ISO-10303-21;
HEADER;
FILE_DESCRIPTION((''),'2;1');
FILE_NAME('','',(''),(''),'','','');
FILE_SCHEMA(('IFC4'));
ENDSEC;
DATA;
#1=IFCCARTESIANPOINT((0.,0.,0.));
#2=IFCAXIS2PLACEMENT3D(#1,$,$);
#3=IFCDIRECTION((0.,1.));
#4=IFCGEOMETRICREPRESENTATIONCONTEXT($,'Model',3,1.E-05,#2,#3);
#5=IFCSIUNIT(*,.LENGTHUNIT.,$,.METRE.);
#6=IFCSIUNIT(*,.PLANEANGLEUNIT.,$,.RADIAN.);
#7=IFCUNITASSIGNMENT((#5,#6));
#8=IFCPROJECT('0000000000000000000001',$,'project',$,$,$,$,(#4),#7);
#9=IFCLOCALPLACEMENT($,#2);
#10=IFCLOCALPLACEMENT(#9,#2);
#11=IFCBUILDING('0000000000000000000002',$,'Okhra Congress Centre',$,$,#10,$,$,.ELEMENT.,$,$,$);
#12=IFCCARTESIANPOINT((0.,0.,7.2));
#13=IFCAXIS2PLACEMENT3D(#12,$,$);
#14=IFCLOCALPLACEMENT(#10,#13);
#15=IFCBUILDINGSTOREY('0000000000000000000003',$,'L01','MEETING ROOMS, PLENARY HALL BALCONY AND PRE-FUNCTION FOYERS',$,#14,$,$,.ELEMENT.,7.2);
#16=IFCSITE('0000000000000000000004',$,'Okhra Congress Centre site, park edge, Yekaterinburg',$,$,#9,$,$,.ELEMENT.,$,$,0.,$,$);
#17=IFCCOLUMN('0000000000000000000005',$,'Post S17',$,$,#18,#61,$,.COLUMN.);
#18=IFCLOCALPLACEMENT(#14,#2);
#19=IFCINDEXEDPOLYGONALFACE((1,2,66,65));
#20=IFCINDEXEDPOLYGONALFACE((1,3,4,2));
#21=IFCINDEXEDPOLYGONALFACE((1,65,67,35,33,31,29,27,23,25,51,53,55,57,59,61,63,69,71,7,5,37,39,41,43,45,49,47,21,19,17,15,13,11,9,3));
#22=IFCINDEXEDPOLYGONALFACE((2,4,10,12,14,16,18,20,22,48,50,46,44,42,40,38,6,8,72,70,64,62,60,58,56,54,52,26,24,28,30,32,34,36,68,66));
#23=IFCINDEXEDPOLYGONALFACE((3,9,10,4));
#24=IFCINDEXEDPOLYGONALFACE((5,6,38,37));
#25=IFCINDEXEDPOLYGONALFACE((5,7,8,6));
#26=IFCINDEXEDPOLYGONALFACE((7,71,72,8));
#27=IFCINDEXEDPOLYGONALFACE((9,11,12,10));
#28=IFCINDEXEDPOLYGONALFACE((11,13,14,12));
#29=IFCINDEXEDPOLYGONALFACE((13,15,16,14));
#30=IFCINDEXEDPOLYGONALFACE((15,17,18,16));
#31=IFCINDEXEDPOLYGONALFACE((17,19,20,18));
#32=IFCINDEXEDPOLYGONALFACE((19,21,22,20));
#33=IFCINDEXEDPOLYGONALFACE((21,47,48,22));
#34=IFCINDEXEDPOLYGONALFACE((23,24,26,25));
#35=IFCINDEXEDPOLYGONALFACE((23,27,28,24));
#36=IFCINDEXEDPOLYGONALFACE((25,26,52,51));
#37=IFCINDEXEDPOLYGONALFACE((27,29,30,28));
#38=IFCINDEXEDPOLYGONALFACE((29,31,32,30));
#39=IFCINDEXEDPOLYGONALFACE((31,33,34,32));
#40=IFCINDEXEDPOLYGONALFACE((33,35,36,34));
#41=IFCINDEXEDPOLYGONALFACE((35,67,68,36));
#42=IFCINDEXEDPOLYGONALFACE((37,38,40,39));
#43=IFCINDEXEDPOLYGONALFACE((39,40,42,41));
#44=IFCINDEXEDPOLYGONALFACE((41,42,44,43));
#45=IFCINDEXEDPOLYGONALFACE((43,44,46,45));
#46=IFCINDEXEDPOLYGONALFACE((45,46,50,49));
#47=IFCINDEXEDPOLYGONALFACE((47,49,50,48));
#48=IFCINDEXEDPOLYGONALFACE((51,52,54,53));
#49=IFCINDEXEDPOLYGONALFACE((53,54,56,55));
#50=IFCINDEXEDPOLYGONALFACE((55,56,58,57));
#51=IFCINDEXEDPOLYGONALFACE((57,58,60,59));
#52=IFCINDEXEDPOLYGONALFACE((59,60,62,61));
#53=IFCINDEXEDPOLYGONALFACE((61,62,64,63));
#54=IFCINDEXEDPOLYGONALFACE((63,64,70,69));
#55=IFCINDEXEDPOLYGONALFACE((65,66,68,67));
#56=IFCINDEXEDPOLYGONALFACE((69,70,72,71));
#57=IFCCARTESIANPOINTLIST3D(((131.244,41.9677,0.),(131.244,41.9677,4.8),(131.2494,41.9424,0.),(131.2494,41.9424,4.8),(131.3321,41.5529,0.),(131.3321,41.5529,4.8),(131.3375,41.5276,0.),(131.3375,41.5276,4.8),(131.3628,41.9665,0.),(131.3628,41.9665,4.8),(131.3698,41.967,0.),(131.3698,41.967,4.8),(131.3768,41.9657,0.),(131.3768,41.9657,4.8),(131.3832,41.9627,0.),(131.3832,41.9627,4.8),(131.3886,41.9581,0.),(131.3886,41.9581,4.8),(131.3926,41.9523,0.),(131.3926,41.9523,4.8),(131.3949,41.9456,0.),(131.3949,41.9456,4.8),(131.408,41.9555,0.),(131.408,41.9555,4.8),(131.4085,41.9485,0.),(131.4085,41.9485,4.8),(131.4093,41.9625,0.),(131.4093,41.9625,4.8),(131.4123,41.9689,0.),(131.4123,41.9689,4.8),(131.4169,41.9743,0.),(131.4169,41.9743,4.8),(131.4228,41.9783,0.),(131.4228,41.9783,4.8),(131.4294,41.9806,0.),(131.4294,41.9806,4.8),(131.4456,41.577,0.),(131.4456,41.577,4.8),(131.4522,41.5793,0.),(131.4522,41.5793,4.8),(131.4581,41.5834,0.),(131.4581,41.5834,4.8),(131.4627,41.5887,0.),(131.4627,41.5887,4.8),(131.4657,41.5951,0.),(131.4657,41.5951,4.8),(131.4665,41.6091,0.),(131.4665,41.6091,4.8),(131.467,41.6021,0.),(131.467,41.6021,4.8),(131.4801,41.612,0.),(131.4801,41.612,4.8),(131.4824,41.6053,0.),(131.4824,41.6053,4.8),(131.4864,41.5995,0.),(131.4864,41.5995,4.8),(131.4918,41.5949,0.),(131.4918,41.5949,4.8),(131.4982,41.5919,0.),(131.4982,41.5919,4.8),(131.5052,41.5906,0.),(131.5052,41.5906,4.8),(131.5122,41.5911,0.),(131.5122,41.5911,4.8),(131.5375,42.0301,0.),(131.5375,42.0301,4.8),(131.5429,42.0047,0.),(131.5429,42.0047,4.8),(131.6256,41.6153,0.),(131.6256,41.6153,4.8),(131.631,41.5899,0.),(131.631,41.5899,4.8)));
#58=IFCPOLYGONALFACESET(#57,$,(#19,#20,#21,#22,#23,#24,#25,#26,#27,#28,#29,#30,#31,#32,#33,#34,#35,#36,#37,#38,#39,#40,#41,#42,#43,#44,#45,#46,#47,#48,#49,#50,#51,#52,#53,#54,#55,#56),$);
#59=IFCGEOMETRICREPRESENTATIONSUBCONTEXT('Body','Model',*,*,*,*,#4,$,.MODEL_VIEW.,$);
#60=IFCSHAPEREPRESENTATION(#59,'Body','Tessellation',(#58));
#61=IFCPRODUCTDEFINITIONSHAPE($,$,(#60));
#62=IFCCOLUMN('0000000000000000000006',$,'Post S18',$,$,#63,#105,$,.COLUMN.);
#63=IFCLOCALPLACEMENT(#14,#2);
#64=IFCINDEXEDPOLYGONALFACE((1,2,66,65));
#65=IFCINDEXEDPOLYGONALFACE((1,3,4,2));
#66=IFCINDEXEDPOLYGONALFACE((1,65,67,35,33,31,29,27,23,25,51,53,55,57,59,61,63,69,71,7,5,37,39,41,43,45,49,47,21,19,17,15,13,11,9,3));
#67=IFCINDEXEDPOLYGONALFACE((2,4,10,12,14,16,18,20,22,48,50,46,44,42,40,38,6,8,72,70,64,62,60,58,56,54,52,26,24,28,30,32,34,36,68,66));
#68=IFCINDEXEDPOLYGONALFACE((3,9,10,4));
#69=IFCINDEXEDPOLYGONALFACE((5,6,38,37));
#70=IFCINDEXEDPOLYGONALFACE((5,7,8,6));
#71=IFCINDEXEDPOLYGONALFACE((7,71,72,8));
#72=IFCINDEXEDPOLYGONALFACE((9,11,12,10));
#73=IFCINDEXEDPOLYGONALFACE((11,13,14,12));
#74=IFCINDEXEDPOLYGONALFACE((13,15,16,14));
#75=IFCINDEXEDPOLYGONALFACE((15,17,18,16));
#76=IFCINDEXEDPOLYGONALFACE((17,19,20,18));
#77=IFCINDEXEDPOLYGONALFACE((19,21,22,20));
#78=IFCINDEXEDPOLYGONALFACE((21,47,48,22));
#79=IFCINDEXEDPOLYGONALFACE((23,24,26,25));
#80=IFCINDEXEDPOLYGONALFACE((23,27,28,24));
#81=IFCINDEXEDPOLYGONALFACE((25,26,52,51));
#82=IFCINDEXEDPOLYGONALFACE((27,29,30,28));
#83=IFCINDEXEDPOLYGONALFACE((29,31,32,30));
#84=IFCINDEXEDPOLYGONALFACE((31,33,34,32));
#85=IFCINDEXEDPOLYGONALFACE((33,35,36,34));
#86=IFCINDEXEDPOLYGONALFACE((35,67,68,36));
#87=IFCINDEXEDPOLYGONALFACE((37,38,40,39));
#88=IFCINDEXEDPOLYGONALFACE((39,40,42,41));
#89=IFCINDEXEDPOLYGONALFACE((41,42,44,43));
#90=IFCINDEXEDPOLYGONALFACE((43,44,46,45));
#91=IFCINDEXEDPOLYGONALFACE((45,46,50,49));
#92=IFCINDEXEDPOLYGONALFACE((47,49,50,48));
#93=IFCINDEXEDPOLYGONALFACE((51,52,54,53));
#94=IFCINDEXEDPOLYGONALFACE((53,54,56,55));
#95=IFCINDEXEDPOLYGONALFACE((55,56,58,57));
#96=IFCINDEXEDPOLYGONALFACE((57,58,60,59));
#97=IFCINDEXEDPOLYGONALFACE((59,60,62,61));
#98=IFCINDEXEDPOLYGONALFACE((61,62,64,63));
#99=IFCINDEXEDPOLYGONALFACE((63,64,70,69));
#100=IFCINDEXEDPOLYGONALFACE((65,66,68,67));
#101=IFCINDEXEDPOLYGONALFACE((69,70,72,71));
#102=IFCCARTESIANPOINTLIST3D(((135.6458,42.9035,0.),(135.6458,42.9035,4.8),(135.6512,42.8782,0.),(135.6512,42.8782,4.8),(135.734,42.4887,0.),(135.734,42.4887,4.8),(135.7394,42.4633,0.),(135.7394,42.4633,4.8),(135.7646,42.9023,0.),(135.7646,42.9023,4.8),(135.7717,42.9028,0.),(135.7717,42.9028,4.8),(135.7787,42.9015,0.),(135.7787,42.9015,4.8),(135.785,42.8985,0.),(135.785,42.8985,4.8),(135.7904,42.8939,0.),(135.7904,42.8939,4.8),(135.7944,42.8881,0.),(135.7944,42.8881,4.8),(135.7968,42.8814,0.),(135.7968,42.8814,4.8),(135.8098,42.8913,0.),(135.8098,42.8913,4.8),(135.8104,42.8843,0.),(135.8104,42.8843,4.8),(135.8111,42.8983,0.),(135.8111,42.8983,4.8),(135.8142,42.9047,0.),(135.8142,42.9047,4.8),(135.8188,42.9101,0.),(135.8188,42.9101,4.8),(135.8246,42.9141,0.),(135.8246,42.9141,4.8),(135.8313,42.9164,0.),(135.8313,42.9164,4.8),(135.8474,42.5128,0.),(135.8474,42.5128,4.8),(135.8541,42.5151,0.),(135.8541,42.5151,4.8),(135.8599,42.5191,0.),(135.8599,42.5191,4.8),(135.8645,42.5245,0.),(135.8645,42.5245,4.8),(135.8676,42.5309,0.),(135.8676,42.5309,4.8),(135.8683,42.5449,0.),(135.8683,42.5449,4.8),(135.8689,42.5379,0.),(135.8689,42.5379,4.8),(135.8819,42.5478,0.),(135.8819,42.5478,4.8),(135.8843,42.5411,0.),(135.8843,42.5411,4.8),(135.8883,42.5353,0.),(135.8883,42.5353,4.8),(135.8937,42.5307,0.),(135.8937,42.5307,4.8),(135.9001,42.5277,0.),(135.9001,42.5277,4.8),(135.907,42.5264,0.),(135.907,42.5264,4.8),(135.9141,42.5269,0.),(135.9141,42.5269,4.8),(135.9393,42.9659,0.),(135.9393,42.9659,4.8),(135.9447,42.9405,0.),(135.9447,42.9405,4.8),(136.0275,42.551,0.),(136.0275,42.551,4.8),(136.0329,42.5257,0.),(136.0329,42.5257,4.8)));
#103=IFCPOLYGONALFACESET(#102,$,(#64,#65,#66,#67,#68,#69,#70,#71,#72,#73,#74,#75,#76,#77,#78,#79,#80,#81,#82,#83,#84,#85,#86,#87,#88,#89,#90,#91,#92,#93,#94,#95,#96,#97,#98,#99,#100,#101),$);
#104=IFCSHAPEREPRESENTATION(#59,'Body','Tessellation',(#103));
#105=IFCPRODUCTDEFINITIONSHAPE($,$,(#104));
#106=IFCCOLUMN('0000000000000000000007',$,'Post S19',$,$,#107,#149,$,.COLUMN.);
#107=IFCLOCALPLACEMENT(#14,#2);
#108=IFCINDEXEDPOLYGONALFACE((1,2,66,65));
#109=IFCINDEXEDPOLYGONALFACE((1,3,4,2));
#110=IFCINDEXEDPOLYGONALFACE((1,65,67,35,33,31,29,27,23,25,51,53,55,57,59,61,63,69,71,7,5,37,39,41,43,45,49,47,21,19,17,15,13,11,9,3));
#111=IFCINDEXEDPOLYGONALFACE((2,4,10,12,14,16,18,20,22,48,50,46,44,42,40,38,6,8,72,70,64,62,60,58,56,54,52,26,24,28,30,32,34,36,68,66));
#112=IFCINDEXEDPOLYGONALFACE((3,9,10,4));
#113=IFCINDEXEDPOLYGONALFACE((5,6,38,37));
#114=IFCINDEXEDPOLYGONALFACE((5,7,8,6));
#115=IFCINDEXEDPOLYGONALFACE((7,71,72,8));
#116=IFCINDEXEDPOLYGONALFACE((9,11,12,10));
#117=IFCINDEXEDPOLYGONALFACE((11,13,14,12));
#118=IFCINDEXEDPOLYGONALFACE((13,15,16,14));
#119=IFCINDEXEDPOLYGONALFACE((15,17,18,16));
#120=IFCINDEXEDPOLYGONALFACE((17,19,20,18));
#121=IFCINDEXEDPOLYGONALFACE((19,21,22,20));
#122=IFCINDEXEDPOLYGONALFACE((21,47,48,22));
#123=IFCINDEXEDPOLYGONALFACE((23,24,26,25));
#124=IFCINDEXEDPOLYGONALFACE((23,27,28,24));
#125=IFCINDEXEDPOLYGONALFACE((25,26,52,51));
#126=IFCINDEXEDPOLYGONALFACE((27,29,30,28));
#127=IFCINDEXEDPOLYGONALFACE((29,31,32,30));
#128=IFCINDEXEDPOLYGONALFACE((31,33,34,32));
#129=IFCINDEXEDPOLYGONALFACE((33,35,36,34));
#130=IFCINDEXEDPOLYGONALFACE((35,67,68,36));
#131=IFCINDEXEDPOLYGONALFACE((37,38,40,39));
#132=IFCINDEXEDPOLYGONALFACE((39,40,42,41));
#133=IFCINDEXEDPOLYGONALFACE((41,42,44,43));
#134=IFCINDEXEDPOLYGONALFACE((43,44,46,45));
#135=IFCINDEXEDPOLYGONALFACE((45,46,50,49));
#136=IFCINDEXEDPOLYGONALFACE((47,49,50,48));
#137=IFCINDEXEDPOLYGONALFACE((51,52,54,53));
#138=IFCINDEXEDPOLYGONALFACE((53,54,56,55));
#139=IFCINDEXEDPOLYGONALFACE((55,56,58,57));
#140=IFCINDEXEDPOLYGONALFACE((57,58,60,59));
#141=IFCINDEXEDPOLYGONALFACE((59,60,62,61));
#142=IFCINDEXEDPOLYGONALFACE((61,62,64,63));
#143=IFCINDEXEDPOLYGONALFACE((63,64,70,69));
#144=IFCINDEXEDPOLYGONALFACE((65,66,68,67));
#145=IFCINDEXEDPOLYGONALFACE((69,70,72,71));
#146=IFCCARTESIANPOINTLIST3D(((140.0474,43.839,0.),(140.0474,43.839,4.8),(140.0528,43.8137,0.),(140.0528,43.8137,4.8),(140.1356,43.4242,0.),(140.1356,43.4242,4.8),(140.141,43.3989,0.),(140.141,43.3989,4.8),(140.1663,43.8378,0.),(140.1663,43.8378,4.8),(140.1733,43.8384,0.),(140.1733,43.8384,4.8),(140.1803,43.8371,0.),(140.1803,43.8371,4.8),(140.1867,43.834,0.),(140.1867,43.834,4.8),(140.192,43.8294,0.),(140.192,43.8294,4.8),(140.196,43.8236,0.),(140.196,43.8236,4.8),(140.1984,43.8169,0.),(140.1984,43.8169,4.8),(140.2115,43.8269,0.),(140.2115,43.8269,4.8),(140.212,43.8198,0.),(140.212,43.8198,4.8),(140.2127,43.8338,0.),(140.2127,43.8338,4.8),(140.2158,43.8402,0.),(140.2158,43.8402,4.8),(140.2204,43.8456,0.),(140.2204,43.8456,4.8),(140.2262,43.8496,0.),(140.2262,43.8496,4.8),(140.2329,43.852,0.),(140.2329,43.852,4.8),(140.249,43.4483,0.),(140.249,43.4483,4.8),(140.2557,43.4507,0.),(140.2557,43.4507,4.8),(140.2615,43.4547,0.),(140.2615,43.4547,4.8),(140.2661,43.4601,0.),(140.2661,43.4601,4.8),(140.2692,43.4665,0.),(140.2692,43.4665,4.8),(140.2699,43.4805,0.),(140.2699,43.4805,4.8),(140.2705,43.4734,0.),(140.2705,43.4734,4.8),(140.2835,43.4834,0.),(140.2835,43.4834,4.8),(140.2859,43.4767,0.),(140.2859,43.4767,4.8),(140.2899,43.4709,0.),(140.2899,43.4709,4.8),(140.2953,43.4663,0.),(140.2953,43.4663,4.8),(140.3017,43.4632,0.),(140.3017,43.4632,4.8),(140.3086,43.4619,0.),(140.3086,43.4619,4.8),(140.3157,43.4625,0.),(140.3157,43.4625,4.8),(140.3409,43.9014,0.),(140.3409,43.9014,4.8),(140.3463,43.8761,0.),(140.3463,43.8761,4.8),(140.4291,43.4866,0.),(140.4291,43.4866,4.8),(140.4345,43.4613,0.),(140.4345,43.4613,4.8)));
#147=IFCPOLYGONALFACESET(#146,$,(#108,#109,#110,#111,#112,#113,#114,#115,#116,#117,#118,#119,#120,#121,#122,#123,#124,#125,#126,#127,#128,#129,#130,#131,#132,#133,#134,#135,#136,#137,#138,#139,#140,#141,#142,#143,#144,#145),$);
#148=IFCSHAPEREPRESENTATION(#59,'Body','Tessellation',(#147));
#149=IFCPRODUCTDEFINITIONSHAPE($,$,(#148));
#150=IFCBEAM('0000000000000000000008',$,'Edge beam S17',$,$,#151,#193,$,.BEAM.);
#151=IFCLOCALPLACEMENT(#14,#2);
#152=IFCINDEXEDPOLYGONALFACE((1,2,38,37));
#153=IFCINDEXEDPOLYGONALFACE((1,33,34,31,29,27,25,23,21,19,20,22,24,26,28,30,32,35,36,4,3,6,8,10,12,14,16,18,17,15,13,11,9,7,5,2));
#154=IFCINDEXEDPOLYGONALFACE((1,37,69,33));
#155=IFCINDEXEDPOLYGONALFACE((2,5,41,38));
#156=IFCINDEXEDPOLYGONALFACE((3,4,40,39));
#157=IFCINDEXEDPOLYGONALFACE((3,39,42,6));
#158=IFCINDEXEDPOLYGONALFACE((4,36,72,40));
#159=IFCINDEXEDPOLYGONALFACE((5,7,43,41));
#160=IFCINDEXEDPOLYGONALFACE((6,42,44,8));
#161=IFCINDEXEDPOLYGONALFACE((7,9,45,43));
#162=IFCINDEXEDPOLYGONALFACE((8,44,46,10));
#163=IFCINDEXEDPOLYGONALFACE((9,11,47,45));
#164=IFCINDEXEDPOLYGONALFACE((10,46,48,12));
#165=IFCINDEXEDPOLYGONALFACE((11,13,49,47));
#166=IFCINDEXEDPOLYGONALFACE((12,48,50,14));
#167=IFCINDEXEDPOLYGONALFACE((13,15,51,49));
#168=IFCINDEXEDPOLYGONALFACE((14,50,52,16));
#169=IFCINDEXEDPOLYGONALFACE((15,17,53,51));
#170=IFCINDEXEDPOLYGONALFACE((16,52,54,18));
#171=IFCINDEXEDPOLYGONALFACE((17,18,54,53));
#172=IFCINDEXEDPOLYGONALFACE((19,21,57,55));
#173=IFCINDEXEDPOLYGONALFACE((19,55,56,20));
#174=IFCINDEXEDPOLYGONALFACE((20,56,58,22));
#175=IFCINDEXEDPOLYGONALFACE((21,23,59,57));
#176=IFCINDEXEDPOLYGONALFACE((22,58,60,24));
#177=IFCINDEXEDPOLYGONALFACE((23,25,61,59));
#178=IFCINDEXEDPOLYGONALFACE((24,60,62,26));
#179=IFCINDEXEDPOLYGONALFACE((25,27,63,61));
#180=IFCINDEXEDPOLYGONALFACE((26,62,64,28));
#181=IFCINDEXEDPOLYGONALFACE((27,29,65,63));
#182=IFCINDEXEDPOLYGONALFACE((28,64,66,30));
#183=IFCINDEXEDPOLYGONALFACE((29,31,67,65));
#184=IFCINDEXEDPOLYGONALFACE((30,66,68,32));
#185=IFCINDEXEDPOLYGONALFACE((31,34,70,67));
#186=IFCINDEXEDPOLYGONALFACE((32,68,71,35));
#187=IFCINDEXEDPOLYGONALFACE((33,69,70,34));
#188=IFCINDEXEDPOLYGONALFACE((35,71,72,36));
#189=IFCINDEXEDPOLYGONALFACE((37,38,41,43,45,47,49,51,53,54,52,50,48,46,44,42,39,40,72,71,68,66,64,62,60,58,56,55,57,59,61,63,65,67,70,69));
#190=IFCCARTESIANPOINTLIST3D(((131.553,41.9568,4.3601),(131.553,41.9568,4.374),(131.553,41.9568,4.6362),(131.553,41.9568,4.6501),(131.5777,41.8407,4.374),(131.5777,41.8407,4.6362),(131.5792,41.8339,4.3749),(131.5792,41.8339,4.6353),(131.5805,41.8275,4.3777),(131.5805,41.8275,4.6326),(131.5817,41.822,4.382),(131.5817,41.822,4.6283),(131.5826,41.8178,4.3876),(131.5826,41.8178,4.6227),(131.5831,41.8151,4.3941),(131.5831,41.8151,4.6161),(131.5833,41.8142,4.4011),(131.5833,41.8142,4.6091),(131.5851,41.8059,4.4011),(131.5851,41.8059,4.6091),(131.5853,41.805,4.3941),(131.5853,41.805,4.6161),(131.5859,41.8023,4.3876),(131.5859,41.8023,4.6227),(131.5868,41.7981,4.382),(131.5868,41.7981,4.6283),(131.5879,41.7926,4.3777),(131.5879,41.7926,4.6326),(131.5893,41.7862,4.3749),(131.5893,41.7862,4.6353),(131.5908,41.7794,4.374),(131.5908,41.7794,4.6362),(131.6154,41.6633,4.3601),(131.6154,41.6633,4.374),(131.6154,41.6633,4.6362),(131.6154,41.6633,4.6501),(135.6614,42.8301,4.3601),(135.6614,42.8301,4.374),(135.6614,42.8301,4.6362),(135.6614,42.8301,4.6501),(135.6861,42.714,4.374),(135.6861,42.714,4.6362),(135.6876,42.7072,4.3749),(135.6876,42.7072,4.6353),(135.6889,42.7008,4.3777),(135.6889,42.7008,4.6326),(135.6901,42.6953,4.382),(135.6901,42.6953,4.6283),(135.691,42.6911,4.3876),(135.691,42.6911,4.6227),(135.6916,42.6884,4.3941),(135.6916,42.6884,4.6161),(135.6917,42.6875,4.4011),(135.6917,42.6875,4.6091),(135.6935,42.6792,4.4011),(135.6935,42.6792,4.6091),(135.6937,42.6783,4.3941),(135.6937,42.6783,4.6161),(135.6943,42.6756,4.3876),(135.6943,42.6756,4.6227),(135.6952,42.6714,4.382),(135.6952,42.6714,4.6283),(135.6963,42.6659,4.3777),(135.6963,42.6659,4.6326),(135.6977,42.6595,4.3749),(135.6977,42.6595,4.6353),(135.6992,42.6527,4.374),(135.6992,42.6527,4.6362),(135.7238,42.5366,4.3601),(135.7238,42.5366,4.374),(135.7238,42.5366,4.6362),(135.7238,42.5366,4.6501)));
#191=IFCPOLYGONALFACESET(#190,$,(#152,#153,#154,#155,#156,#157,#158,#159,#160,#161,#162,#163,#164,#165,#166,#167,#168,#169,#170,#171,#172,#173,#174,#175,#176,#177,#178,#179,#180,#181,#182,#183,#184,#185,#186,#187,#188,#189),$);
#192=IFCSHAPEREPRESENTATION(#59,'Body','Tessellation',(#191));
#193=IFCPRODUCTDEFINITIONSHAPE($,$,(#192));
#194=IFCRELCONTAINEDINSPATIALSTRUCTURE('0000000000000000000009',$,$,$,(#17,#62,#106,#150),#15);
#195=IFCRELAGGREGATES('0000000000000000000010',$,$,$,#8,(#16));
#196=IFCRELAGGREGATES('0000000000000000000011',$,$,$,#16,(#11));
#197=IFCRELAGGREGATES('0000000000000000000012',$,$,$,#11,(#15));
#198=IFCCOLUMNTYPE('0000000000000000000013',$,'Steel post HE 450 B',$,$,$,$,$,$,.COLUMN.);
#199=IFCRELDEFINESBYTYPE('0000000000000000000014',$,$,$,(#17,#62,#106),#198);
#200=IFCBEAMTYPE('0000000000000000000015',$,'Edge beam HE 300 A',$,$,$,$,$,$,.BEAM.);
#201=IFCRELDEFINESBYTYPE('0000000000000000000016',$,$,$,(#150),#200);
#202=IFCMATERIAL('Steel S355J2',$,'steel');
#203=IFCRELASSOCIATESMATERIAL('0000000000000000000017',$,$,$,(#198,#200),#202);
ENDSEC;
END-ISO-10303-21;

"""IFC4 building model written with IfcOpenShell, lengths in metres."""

from ifc_helpers import new_model, si_unit, direction, frame, origin, origin_2d, place, context, subcontext, project, spatial, i_section, extrude, material, material_profile, profile_set, type_object, element, save


model = new_model("IFC4")

# Units and contexts
model_context = context("Model", 3, precision=1e-05, world=origin(), true_north=direction((0.0, 1.0)))
body_context = subcontext(model_context, "Body", "Model", "MODEL_VIEW")
ifc_project = project(units=[si_unit("LENGTHUNIT", "METRE"), si_unit("PLANEANGLEUNIT", "RADIAN")], contexts=[model_context])

# Site, building, storey
site_placement = place(None, origin())
site = spatial("IfcSite", under=ifc_project, at=site_placement, Name="Okhra Congress Centre site, park edge, Yekaterinburg", CompositionType="ELEMENT", RefElevation=0.0)
building_placement = place(site_placement, origin())
building = spatial("IfcBuilding", under=site, at=building_placement, Name="Okhra Congress Centre", CompositionType="ELEMENT")
storey_placement = place(building_placement, frame((0.0, 0.0, 7.2)))
storey = spatial("IfcBuildingStorey", under=building, at=storey_placement, Name="L01", Description="MEETING ROOMS, PLENARY HALL BALCONY AND PRE-FUNCTION FOYERS", CompositionType="ELEMENT", Elevation=7.2)

# Columns
ifc_material_1 = material(Name="Steel S355J2", Category="steel")
ifc_material_profile_1 = material_profile(ifc_material_1, i_section(OverallWidth=0.3, OverallDepth=0.45, WebThickness=0.0139, FlangeThickness=0.0259, FilletRadius=0.0271, at=origin_2d()), Name="HE 450 B")
ifc_profile_set_1 = profile_set([ifc_material_profile_1], Name="Steel S355J2")
column_type = type_object("IfcColumnType", Name="Steel post HE 450 B", PredefinedType="COLUMN", material=ifc_profile_set_1)
for number, where, z_axis, x_axis, name in (
    (1, (131.4375, 41.7788, 0.0), (0.0, 0.0, 1.0), (0.978148, 0.207912, 0.0), "Post S17"),
    (2, (135.8394, 42.7146, 0.0), (0.0, 0.0, 1.0), (0.978148, 0.207912, 0.0), "Post S18"),
    (3, (140.241, 43.6501, 0.0), (0.0, 0.0, 1.0), (0.978148, 0.207912, 0.0), "Post S19"),
):
    element("IfcColumn", number, at=place(storey_placement, frame(where, z_axis=z_axis, x_axis=x_axis)), inside=storey, type_object=column_type, Name=name, PredefinedType="COLUMN", context=body_context, shape_type="SweptSolid", body=[
        extrude(i_section(OverallWidth=0.3, OverallDepth=0.45, WebThickness=0.0139, FlangeThickness=0.0259, FilletRadius=0.0271, at=origin_2d()), origin(), (0.0, 0.0, 1.0), 4.8),
    ])

# Beam
ifc_material_profile_2 = material_profile(ifc_material_1, i_section(OverallWidth=0.3, OverallDepth=0.29, WebThickness=0.0085, FlangeThickness=0.0139, FilletRadius=0.0271, at=origin_2d()), Name="HE 300 A")
ifc_profile_set_2 = profile_set([ifc_material_profile_2], Name="Steel S355J2")
beam_type_1 = type_object("IfcBeamType", Name="Edge beam HE 300 A", PredefinedType="BEAM", material=ifc_profile_set_2)
beam_1_placement = place(storey_placement, frame((131.5842, 41.8101, 4.5051), z_axis=(0.978146, 0.207917, 0.0), x_axis=(-0.207917, 0.978146, 0.0)))
element("IfcBeam", 4, at=beam_1_placement, inside=storey, type_object=beam_type_1, Name="Edge beam S17", PredefinedType="BEAM", context=body_context, shape_type="SweptSolid", body=[
    extrude(i_section(OverallWidth=0.3, OverallDepth=0.29, WebThickness=0.0085, FlangeThickness=0.0139, FilletRadius=0.0271, at=origin_2d()), origin(), (0.0, 0.0, 1.0), 4.2002),
])

save(model, "model.ifc")
